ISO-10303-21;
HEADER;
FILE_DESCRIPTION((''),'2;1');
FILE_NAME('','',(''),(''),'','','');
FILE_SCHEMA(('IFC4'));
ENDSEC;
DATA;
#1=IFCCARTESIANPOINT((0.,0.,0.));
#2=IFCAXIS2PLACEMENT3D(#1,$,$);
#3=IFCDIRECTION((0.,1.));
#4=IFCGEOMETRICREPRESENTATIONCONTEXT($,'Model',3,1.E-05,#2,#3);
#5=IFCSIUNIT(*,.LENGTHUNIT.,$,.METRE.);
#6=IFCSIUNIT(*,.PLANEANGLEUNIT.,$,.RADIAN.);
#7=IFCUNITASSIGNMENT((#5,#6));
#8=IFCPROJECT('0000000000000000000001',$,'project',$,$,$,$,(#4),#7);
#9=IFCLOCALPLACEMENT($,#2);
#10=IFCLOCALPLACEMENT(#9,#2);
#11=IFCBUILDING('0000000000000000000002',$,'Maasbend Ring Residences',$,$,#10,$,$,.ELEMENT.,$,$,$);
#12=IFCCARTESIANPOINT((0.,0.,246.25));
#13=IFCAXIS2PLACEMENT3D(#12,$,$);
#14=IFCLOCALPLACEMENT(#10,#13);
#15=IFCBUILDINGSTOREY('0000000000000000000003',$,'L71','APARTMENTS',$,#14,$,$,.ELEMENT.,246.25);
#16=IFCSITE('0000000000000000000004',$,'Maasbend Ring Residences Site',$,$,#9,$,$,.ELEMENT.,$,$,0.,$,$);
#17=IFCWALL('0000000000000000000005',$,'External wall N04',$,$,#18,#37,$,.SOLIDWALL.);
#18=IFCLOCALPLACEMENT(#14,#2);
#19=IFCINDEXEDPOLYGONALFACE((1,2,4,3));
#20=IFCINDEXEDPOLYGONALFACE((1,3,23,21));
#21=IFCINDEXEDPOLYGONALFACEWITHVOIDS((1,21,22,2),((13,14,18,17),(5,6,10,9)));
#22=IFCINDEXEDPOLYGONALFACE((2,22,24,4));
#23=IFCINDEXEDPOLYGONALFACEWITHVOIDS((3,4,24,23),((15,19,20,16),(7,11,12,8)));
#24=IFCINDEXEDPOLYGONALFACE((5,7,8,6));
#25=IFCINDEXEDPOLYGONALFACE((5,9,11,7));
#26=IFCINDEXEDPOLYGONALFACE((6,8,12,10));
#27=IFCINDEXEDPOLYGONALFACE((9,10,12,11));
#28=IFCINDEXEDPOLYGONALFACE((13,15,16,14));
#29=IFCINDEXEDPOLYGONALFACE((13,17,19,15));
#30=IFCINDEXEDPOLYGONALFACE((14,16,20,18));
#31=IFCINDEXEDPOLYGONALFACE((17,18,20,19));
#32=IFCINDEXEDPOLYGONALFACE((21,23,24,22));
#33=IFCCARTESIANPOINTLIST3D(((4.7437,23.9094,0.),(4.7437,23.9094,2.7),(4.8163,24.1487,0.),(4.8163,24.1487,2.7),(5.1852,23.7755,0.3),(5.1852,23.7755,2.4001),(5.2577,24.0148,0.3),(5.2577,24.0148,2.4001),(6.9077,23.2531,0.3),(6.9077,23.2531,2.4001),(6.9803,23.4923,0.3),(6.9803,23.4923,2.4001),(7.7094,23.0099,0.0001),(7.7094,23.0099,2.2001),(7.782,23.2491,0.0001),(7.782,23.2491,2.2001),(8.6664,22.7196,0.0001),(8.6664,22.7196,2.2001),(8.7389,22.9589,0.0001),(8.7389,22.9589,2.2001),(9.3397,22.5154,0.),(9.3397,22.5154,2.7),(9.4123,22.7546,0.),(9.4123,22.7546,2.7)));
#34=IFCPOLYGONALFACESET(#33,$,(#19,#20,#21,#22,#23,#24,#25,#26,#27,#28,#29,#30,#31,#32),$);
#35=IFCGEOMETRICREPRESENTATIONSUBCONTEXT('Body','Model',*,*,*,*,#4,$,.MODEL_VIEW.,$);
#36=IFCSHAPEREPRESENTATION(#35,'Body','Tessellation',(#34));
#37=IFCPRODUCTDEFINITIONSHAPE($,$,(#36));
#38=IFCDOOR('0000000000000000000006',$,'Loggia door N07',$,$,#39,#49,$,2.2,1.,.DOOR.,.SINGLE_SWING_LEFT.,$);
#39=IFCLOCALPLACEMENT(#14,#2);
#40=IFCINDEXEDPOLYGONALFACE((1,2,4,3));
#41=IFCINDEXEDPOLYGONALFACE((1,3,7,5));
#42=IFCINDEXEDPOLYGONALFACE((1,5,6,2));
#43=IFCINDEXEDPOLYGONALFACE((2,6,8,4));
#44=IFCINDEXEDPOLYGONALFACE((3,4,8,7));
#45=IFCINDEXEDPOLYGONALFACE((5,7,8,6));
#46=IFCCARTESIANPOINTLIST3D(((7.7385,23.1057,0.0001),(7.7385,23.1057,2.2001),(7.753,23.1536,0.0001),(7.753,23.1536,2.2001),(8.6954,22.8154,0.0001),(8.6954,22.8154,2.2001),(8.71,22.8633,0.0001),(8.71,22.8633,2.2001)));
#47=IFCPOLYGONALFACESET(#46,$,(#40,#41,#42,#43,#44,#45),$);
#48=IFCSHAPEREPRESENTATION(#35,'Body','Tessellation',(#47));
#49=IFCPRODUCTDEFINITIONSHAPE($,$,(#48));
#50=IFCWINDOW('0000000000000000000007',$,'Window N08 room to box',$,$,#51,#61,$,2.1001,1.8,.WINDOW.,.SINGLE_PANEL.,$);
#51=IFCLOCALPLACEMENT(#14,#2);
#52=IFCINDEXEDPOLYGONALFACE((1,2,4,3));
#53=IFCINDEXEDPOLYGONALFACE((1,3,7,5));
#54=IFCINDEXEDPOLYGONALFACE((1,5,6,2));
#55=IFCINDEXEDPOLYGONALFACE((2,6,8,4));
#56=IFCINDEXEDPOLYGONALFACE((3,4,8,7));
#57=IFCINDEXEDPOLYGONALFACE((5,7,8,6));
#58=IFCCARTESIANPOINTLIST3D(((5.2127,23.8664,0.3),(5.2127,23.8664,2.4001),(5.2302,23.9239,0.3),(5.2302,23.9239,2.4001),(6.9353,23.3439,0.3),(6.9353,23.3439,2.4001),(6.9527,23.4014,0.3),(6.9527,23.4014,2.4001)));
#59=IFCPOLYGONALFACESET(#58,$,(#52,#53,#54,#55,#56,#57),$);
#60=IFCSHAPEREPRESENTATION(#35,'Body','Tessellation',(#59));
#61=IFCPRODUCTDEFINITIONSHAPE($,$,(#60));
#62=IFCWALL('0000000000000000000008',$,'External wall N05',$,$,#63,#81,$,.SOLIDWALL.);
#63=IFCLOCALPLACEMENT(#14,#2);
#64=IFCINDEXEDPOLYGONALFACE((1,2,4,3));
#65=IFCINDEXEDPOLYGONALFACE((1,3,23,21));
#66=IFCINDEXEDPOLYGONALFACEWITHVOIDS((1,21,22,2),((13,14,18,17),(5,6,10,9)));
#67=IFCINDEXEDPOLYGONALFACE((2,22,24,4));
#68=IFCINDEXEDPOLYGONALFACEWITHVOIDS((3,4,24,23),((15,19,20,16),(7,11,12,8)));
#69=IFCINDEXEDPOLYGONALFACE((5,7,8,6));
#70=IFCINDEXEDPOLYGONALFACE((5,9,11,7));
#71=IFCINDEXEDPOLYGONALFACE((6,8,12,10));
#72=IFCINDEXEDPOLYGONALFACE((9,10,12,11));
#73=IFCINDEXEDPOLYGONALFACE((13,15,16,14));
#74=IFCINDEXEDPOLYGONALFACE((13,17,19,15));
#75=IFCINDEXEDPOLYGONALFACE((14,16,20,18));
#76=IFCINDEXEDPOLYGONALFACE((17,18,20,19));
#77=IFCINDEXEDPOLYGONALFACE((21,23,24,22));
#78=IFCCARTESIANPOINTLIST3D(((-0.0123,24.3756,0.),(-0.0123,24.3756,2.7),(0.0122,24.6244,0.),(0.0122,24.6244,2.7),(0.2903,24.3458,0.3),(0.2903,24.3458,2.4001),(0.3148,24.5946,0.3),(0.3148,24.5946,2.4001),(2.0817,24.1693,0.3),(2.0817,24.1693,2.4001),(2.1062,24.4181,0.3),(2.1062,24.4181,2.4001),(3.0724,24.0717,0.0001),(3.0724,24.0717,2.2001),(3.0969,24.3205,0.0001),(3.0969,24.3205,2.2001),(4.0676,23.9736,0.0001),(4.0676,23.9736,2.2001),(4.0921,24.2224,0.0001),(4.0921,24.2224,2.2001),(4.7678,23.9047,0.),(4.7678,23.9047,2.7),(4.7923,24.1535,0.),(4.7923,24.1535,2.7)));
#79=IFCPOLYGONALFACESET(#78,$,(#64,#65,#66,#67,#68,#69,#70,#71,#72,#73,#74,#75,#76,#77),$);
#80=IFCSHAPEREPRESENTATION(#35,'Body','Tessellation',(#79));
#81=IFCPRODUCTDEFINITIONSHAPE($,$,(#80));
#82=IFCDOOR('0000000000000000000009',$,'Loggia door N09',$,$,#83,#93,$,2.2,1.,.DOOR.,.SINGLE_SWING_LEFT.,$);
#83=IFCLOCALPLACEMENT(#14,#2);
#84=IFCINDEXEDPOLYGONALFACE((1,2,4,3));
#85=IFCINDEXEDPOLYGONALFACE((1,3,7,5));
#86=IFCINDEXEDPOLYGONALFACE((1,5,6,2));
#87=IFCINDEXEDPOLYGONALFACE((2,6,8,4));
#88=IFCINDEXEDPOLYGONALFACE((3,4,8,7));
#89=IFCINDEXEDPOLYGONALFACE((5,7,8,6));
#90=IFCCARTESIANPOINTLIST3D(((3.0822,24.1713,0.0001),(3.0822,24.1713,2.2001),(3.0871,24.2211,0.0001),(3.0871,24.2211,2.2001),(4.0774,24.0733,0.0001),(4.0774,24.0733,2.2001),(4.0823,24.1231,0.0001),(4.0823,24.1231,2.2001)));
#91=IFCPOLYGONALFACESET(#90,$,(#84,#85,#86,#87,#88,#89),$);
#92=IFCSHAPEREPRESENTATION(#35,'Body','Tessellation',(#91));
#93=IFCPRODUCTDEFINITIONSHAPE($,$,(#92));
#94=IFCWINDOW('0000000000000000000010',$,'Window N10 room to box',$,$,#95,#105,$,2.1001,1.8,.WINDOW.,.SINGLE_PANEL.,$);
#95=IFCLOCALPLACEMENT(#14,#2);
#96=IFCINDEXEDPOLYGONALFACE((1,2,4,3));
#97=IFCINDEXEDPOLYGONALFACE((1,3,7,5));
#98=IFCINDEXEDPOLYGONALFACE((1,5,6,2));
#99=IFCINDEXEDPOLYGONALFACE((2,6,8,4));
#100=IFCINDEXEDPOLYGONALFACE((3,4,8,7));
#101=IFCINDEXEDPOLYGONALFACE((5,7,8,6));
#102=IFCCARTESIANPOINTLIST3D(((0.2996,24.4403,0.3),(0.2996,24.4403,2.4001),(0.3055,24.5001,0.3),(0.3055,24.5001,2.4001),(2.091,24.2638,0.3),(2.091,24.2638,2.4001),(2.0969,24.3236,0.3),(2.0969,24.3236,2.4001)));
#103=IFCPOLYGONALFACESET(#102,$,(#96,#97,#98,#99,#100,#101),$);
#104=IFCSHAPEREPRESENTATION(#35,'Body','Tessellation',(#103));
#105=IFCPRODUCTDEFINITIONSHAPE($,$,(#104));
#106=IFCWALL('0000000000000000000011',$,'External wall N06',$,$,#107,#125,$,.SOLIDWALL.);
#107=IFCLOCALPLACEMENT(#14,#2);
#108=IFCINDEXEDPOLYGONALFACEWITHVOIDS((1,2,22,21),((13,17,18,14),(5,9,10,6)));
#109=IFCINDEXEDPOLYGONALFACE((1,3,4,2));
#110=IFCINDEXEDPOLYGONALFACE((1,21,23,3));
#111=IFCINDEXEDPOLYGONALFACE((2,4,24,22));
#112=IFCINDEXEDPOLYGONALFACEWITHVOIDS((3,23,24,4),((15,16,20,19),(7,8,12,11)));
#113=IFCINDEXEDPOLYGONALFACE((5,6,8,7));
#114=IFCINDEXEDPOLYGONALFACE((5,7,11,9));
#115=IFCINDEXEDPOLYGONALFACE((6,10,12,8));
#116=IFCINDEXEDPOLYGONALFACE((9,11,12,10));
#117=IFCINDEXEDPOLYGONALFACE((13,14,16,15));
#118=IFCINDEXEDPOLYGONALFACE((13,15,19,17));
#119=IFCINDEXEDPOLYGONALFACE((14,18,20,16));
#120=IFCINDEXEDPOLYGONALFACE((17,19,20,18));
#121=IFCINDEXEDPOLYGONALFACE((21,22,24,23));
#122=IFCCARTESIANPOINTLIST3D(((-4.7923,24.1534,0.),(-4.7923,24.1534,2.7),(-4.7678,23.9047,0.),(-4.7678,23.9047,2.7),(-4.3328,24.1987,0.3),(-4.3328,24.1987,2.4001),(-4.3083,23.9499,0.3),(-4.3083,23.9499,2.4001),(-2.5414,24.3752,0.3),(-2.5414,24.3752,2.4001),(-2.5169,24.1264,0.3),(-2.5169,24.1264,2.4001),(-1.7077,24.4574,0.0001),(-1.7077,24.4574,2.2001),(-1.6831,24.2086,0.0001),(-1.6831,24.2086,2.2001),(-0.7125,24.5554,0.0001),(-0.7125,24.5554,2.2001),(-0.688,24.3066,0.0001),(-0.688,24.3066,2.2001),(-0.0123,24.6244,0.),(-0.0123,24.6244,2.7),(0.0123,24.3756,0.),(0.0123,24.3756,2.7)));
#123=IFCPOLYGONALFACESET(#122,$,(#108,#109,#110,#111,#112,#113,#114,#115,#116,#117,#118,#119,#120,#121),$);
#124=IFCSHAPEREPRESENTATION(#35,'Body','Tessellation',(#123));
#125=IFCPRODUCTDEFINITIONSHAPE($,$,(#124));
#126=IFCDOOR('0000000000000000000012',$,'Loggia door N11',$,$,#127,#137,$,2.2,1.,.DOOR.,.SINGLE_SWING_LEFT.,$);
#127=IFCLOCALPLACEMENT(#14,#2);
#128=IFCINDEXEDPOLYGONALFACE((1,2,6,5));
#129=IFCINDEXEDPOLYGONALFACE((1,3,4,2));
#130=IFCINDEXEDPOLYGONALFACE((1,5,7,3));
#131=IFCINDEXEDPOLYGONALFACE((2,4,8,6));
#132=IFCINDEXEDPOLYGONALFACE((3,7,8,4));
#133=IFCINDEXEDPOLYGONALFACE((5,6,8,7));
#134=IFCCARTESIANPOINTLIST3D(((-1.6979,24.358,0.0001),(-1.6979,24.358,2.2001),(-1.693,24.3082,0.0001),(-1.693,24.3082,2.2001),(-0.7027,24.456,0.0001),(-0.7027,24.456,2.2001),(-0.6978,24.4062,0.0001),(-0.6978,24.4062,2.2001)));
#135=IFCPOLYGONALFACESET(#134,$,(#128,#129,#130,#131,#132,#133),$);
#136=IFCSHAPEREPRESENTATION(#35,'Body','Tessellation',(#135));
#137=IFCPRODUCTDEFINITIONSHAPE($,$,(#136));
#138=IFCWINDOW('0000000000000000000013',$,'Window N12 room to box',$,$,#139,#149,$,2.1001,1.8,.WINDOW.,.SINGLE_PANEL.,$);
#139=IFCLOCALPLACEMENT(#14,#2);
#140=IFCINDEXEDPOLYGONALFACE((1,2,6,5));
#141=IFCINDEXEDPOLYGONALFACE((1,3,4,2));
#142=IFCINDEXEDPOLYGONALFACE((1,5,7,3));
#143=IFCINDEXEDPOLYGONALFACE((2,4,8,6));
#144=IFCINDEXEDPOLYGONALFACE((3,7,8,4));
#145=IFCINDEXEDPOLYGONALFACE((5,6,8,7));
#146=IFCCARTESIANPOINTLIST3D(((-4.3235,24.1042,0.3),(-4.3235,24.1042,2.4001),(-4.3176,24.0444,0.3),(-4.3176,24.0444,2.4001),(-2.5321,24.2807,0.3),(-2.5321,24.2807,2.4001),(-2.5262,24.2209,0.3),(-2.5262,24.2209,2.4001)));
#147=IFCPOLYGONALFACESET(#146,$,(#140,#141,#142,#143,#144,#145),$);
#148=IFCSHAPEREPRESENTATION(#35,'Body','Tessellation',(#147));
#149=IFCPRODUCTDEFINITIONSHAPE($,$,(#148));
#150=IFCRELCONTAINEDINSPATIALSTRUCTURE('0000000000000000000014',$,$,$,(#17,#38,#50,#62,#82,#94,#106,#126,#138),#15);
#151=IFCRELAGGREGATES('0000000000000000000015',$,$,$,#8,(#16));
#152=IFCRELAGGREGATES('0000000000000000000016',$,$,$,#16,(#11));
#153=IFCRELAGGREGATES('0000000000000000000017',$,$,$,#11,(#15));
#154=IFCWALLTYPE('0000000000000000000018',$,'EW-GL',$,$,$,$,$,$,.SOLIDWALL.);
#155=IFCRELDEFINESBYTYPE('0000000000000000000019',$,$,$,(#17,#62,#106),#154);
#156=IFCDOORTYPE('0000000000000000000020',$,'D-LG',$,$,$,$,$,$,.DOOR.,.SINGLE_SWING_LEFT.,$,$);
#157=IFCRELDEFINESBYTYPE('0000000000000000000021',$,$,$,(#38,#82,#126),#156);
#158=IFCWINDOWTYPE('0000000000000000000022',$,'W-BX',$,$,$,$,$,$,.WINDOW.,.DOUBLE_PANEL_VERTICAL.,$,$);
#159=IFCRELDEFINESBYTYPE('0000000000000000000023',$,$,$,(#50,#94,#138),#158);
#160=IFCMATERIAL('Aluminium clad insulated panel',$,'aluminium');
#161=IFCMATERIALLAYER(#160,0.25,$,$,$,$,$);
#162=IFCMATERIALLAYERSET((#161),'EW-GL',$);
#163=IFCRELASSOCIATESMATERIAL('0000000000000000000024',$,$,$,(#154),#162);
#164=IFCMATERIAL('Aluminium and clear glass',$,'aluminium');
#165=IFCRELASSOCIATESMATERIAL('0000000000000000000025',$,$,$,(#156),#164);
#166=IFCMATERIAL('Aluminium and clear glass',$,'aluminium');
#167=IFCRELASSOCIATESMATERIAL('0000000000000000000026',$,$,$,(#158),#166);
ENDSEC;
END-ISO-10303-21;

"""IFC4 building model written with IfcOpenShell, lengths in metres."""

from ifc_helpers import new_model, si_unit, direction, frame, frame_2d, origin, place, context, subcontext, project, spatial, rectangle, extrude, material, layer, layer_set, type_object, element, fill, save


model = new_model("IFC4")

# Units and contexts
model_context = context("Model", 3, precision=1e-05, world=origin(), true_north=direction((0.0, 1.0)))
body_context = subcontext(model_context, "Body", "Model", "MODEL_VIEW")
ifc_project = project(units=[si_unit("LENGTHUNIT", "METRE"), si_unit("PLANEANGLEUNIT", "RADIAN")], contexts=[model_context])

# Site, building, storey
site_placement = place(None, origin())
site = spatial("IfcSite", under=ifc_project, at=site_placement, Name="Maasbend Ring Residences Site", CompositionType="ELEMENT", RefElevation=0.0)
building_placement = place(site_placement, origin())
building = spatial("IfcBuilding", under=site, at=building_placement, Name="Maasbend Ring Residences", CompositionType="ELEMENT")
storey_placement = place(building_placement, frame((0.0, 0.0, 246.25)))
storey = spatial("IfcBuildingStorey", under=building, at=storey_placement, Name="L71", Description="APARTMENTS", CompositionType="ELEMENT", Elevation=246.25)

# Walls, openings, doors, windows
ifc_material_1 = material(Name="Aluminium clad insulated panel", Category="aluminium")
ifc_layer_1 = layer(ifc_material_1, 0.25)
ifc_layer_set_1 = layer_set([ifc_layer_1], Name="EW-GL")
wall_type_1 = type_object("IfcWallType", Name="EW-GL", PredefinedType="SOLIDWALL", material=ifc_layer_set_1)
wall_1_placement = place(storey_placement, frame((9.376, 22.635, 0.0), z_axis=(0.0, 0.0, 1.0), x_axis=(-0.956947, 0.290261, 0.0)))
wall_1 = element("IfcWall", 1, at=wall_1_placement, inside=storey, type_object=wall_type_1, Name="External wall N04", PredefinedType="SOLIDWALL", context=body_context, shape_type="SweptSolid", body=[
    extrude(rectangle(XDim=4.8027, YDim=0.25, at=frame_2d((2.4014, 0.0))), origin(), (0.0, 0.0, 1.0), 2.7),
])
opening_1_placement = place(wall_1_placement, frame((0.7036, 0.0, 0.0)))
opening_1 = element("IfcOpeningElement", 2, at=opening_1_placement, cuts=wall_1, PredefinedType="OPENING", context=body_context, shape_type="SweptSolid", body=[
    extrude(rectangle(XDim=1.0, YDim=2.2, at=frame_2d((0.5, 1.1001))), frame((0.0, 0.135, 0.0), z_axis=(0.0, -1.0, 0.0), x_axis=(1.0, 0.0, 0.0)), (0.0, 0.0, 1.0), 0.27),
])
opening_2_placement = place(wall_1_placement, frame((2.5415, 0.0, 0.3)))
opening_2 = element("IfcOpeningElement", 3, at=opening_2_placement, cuts=wall_1, PredefinedType="OPENING", context=body_context, shape_type="SweptSolid", body=[
    extrude(rectangle(XDim=1.8, YDim=2.1001, at=frame_2d((0.8999, 1.05))), frame((0.0, 0.135, 0.0), z_axis=(0.0, -1.0, 0.0), x_axis=(1.0, 0.0, 0.0)), (0.0, 0.0, 1.0), 0.27),
])
ifc_material_2 = material(Name="Aluminium and clear glass", Category="aluminium")
door_type = type_object("IfcDoorType", Name="D-LG", OperationType="SINGLE_SWING_LEFT", PredefinedType="DOOR", material=ifc_material_2)
door_1_placement = place(opening_1_placement, origin())
door_1 = element("IfcDoor", 4, at=door_1_placement, inside=storey, type_object=door_type, Name="Loggia door N07", OperationType="SINGLE_SWING_LEFT", OverallHeight=2.2, OverallWidth=1.0, PredefinedType="DOOR", context=body_context, shape_type="SweptSolid", body=[
    extrude(rectangle(XDim=1.0, YDim=2.2, at=frame_2d((0.5, 1.1001))), frame((0.0, 0.0249, 0.0), z_axis=(0.0, -1.0, 0.0), x_axis=(1.0, 0.0, 0.0)), (0.0, 0.0, 1.0), 0.05),
])
fill(opening_1, door_1)
ifc_material_3 = material(Name="Aluminium and clear glass", Category="aluminium")
window_type_1 = type_object("IfcWindowType", Name="W-BX", PartitioningType="DOUBLE_PANEL_VERTICAL", PredefinedType="WINDOW", material=ifc_material_3)
window_1_placement = place(opening_2_placement, origin())
window_1 = element("IfcWindow", 5, at=window_1_placement, inside=storey, type_object=window_type_1, Name="Window N08 room to box", OverallHeight=2.1001, OverallWidth=1.8, PartitioningType="SINGLE_PANEL", PredefinedType="WINDOW", context=body_context, shape_type="SweptSolid", body=[
    extrude(rectangle(XDim=1.8, YDim=2.1001, at=frame_2d((0.8999, 1.05))), frame((0.0, 0.03, 0.0), z_axis=(0.0, -1.0, 0.0), x_axis=(1.0, 0.0, 0.0)), (0.0, 0.0, 1.0), 0.0601),
])
fill(opening_2, window_1)
wall_2_placement = place(storey_placement, frame((4.78, 24.0291, 0.0), z_axis=(0.0, 0.0, 1.0), x_axis=(-0.995182, 0.098049, 0.0)))
wall_2 = element("IfcWall", 6, at=wall_2_placement, inside=storey, type_object=wall_type_1, Name="External wall N05", PredefinedType="SOLIDWALL", context=body_context, shape_type="SweptSolid", body=[
    extrude(rectangle(XDim=4.8032, YDim=0.25, at=frame_2d((2.4016, 0.0))), origin(), (0.0, 0.0, 1.0), 2.7),
])
opening_3_placement = place(wall_2_placement, frame((0.7036, 0.0, 0.0)))
opening_3 = element("IfcOpeningElement", 7, at=opening_3_placement, cuts=wall_2, PredefinedType="OPENING", context=body_context, shape_type="SweptSolid", body=[
    extrude(rectangle(XDim=1.0, YDim=2.2, at=frame_2d((0.5, 1.1001))), frame((0.0, 0.135, 0.0), z_axis=(0.0, -1.0, 0.0), x_axis=(1.0, 0.0, 0.0)), (0.0, 0.0, 1.0), 0.27),
])
opening_4_placement = place(wall_2_placement, frame((2.6992, 0.0, 0.3)))
opening_4 = element("IfcOpeningElement", 8, at=opening_4_placement, cuts=wall_2, PredefinedType="OPENING", context=body_context, shape_type="SweptSolid", body=[
    extrude(rectangle(XDim=1.8, YDim=2.1001, at=frame_2d((0.8999, 1.05))), frame((0.0, 0.135, 0.0), z_axis=(0.0, -1.0, 0.0), x_axis=(1.0, 0.0, 0.0)), (0.0, 0.0, 1.0), 0.27),
])
door_2_placement = place(opening_3_placement, origin())
door_2 = element("IfcDoor", 9, at=door_2_placement, inside=storey, type_object=door_type, Name="Loggia door N09", OperationType="SINGLE_SWING_LEFT", OverallHeight=2.2, OverallWidth=1.0, PredefinedType="DOOR", context=body_context, shape_type="SweptSolid", body=[
    extrude(rectangle(XDim=1.0, YDim=2.2, at=frame_2d((0.5, 1.1001))), frame((0.0, 0.0249, 0.0), z_axis=(0.0, -1.0, 0.0), x_axis=(1.0, 0.0, 0.0)), (0.0, 0.0, 1.0), 0.05),
])
fill(opening_3, door_2)
window_2_placement = place(opening_4_placement, origin())
window_2 = element("IfcWindow", 10, at=window_2_placement, inside=storey, type_object=window_type_1, Name="Window N10 room to box", OverallHeight=2.1001, OverallWidth=1.8, PartitioningType="SINGLE_PANEL", PredefinedType="WINDOW", context=body_context, shape_type="SweptSolid", body=[
    extrude(rectangle(XDim=1.8, YDim=2.1001, at=frame_2d((0.8999, 1.05))), frame((0.0, 0.03, 0.0), z_axis=(0.0, -1.0, 0.0), x_axis=(1.0, 0.0, 0.0)), (0.0, 0.0, 1.0), 0.0601),
])
fill(opening_4, window_2)
wall_3_placement = place(storey_placement, frame((0.0, 24.5, 0.0), z_axis=(0.0, 0.0, 1.0), x_axis=(-0.995182, -0.098049, 0.0)))
wall_3 = element("IfcWall", 11, at=wall_3_placement, inside=storey, type_object=wall_type_1, Name="External wall N06", PredefinedType="SOLIDWALL", context=body_context, shape_type="SweptSolid", body=[
    extrude(rectangle(XDim=4.8032, YDim=0.25, at=frame_2d((2.4016, 0.0))), origin(), (0.0, 0.0, 1.0), 2.7),
])
opening_5_placement = place(wall_3_placement, frame((0.7036, 0.0, 0.0)))
opening_5 = element("IfcOpeningElement", 12, at=opening_5_placement, cuts=wall_3, PredefinedType="OPENING", context=body_context, shape_type="SweptSolid", body=[
    extrude(rectangle(XDim=1.0, YDim=2.2, at=frame_2d((0.5, 1.1001))), frame((0.0, 0.135, 0.0), z_axis=(0.0, -1.0, 0.0), x_axis=(1.0, 0.0, 0.0)), (0.0, 0.0, 1.0), 0.27),
])
opening_6_placement = place(wall_3_placement, frame((2.5415, 0.0, 0.3)))
opening_6 = element("IfcOpeningElement", 13, at=opening_6_placement, cuts=wall_3, PredefinedType="OPENING", context=body_context, shape_type="SweptSolid", body=[
    extrude(rectangle(XDim=1.8, YDim=2.1001, at=frame_2d((0.8999, 1.05))), frame((0.0, 0.135, 0.0), z_axis=(0.0, -1.0, 0.0), x_axis=(1.0, 0.0, 0.0)), (0.0, 0.0, 1.0), 0.27),
])
door_3_placement = place(opening_5_placement, origin())
door_3 = element("IfcDoor", 14, at=door_3_placement, inside=storey, type_object=door_type, Name="Loggia door N11", OperationType="SINGLE_SWING_LEFT", OverallHeight=2.2, OverallWidth=1.0, PredefinedType="DOOR", context=body_context, shape_type="SweptSolid", body=[
    extrude(rectangle(XDim=1.0, YDim=2.2, at=frame_2d((0.5, 1.1001))), frame((0.0, 0.0249, 0.0), z_axis=(0.0, -1.0, 0.0), x_axis=(1.0, 0.0, 0.0)), (0.0, 0.0, 1.0), 0.05),
])
fill(opening_5, door_3)
window_3_placement = place(opening_6_placement, origin())
window_3 = element("IfcWindow", 15, at=window_3_placement, inside=storey, type_object=window_type_1, Name="Window N12 room to box", OverallHeight=2.1001, OverallWidth=1.8, PartitioningType="SINGLE_PANEL", PredefinedType="WINDOW", context=body_context, shape_type="SweptSolid", body=[
    extrude(rectangle(XDim=1.8, YDim=2.1001, at=frame_2d((0.8999, 1.05))), frame((0.0, 0.03, 0.0), z_axis=(0.0, -1.0, 0.0), x_axis=(1.0, 0.0, 0.0)), (0.0, 0.0, 1.0), 0.0601),
])
fill(opening_6, window_3)

save(model, "model.ifc")
